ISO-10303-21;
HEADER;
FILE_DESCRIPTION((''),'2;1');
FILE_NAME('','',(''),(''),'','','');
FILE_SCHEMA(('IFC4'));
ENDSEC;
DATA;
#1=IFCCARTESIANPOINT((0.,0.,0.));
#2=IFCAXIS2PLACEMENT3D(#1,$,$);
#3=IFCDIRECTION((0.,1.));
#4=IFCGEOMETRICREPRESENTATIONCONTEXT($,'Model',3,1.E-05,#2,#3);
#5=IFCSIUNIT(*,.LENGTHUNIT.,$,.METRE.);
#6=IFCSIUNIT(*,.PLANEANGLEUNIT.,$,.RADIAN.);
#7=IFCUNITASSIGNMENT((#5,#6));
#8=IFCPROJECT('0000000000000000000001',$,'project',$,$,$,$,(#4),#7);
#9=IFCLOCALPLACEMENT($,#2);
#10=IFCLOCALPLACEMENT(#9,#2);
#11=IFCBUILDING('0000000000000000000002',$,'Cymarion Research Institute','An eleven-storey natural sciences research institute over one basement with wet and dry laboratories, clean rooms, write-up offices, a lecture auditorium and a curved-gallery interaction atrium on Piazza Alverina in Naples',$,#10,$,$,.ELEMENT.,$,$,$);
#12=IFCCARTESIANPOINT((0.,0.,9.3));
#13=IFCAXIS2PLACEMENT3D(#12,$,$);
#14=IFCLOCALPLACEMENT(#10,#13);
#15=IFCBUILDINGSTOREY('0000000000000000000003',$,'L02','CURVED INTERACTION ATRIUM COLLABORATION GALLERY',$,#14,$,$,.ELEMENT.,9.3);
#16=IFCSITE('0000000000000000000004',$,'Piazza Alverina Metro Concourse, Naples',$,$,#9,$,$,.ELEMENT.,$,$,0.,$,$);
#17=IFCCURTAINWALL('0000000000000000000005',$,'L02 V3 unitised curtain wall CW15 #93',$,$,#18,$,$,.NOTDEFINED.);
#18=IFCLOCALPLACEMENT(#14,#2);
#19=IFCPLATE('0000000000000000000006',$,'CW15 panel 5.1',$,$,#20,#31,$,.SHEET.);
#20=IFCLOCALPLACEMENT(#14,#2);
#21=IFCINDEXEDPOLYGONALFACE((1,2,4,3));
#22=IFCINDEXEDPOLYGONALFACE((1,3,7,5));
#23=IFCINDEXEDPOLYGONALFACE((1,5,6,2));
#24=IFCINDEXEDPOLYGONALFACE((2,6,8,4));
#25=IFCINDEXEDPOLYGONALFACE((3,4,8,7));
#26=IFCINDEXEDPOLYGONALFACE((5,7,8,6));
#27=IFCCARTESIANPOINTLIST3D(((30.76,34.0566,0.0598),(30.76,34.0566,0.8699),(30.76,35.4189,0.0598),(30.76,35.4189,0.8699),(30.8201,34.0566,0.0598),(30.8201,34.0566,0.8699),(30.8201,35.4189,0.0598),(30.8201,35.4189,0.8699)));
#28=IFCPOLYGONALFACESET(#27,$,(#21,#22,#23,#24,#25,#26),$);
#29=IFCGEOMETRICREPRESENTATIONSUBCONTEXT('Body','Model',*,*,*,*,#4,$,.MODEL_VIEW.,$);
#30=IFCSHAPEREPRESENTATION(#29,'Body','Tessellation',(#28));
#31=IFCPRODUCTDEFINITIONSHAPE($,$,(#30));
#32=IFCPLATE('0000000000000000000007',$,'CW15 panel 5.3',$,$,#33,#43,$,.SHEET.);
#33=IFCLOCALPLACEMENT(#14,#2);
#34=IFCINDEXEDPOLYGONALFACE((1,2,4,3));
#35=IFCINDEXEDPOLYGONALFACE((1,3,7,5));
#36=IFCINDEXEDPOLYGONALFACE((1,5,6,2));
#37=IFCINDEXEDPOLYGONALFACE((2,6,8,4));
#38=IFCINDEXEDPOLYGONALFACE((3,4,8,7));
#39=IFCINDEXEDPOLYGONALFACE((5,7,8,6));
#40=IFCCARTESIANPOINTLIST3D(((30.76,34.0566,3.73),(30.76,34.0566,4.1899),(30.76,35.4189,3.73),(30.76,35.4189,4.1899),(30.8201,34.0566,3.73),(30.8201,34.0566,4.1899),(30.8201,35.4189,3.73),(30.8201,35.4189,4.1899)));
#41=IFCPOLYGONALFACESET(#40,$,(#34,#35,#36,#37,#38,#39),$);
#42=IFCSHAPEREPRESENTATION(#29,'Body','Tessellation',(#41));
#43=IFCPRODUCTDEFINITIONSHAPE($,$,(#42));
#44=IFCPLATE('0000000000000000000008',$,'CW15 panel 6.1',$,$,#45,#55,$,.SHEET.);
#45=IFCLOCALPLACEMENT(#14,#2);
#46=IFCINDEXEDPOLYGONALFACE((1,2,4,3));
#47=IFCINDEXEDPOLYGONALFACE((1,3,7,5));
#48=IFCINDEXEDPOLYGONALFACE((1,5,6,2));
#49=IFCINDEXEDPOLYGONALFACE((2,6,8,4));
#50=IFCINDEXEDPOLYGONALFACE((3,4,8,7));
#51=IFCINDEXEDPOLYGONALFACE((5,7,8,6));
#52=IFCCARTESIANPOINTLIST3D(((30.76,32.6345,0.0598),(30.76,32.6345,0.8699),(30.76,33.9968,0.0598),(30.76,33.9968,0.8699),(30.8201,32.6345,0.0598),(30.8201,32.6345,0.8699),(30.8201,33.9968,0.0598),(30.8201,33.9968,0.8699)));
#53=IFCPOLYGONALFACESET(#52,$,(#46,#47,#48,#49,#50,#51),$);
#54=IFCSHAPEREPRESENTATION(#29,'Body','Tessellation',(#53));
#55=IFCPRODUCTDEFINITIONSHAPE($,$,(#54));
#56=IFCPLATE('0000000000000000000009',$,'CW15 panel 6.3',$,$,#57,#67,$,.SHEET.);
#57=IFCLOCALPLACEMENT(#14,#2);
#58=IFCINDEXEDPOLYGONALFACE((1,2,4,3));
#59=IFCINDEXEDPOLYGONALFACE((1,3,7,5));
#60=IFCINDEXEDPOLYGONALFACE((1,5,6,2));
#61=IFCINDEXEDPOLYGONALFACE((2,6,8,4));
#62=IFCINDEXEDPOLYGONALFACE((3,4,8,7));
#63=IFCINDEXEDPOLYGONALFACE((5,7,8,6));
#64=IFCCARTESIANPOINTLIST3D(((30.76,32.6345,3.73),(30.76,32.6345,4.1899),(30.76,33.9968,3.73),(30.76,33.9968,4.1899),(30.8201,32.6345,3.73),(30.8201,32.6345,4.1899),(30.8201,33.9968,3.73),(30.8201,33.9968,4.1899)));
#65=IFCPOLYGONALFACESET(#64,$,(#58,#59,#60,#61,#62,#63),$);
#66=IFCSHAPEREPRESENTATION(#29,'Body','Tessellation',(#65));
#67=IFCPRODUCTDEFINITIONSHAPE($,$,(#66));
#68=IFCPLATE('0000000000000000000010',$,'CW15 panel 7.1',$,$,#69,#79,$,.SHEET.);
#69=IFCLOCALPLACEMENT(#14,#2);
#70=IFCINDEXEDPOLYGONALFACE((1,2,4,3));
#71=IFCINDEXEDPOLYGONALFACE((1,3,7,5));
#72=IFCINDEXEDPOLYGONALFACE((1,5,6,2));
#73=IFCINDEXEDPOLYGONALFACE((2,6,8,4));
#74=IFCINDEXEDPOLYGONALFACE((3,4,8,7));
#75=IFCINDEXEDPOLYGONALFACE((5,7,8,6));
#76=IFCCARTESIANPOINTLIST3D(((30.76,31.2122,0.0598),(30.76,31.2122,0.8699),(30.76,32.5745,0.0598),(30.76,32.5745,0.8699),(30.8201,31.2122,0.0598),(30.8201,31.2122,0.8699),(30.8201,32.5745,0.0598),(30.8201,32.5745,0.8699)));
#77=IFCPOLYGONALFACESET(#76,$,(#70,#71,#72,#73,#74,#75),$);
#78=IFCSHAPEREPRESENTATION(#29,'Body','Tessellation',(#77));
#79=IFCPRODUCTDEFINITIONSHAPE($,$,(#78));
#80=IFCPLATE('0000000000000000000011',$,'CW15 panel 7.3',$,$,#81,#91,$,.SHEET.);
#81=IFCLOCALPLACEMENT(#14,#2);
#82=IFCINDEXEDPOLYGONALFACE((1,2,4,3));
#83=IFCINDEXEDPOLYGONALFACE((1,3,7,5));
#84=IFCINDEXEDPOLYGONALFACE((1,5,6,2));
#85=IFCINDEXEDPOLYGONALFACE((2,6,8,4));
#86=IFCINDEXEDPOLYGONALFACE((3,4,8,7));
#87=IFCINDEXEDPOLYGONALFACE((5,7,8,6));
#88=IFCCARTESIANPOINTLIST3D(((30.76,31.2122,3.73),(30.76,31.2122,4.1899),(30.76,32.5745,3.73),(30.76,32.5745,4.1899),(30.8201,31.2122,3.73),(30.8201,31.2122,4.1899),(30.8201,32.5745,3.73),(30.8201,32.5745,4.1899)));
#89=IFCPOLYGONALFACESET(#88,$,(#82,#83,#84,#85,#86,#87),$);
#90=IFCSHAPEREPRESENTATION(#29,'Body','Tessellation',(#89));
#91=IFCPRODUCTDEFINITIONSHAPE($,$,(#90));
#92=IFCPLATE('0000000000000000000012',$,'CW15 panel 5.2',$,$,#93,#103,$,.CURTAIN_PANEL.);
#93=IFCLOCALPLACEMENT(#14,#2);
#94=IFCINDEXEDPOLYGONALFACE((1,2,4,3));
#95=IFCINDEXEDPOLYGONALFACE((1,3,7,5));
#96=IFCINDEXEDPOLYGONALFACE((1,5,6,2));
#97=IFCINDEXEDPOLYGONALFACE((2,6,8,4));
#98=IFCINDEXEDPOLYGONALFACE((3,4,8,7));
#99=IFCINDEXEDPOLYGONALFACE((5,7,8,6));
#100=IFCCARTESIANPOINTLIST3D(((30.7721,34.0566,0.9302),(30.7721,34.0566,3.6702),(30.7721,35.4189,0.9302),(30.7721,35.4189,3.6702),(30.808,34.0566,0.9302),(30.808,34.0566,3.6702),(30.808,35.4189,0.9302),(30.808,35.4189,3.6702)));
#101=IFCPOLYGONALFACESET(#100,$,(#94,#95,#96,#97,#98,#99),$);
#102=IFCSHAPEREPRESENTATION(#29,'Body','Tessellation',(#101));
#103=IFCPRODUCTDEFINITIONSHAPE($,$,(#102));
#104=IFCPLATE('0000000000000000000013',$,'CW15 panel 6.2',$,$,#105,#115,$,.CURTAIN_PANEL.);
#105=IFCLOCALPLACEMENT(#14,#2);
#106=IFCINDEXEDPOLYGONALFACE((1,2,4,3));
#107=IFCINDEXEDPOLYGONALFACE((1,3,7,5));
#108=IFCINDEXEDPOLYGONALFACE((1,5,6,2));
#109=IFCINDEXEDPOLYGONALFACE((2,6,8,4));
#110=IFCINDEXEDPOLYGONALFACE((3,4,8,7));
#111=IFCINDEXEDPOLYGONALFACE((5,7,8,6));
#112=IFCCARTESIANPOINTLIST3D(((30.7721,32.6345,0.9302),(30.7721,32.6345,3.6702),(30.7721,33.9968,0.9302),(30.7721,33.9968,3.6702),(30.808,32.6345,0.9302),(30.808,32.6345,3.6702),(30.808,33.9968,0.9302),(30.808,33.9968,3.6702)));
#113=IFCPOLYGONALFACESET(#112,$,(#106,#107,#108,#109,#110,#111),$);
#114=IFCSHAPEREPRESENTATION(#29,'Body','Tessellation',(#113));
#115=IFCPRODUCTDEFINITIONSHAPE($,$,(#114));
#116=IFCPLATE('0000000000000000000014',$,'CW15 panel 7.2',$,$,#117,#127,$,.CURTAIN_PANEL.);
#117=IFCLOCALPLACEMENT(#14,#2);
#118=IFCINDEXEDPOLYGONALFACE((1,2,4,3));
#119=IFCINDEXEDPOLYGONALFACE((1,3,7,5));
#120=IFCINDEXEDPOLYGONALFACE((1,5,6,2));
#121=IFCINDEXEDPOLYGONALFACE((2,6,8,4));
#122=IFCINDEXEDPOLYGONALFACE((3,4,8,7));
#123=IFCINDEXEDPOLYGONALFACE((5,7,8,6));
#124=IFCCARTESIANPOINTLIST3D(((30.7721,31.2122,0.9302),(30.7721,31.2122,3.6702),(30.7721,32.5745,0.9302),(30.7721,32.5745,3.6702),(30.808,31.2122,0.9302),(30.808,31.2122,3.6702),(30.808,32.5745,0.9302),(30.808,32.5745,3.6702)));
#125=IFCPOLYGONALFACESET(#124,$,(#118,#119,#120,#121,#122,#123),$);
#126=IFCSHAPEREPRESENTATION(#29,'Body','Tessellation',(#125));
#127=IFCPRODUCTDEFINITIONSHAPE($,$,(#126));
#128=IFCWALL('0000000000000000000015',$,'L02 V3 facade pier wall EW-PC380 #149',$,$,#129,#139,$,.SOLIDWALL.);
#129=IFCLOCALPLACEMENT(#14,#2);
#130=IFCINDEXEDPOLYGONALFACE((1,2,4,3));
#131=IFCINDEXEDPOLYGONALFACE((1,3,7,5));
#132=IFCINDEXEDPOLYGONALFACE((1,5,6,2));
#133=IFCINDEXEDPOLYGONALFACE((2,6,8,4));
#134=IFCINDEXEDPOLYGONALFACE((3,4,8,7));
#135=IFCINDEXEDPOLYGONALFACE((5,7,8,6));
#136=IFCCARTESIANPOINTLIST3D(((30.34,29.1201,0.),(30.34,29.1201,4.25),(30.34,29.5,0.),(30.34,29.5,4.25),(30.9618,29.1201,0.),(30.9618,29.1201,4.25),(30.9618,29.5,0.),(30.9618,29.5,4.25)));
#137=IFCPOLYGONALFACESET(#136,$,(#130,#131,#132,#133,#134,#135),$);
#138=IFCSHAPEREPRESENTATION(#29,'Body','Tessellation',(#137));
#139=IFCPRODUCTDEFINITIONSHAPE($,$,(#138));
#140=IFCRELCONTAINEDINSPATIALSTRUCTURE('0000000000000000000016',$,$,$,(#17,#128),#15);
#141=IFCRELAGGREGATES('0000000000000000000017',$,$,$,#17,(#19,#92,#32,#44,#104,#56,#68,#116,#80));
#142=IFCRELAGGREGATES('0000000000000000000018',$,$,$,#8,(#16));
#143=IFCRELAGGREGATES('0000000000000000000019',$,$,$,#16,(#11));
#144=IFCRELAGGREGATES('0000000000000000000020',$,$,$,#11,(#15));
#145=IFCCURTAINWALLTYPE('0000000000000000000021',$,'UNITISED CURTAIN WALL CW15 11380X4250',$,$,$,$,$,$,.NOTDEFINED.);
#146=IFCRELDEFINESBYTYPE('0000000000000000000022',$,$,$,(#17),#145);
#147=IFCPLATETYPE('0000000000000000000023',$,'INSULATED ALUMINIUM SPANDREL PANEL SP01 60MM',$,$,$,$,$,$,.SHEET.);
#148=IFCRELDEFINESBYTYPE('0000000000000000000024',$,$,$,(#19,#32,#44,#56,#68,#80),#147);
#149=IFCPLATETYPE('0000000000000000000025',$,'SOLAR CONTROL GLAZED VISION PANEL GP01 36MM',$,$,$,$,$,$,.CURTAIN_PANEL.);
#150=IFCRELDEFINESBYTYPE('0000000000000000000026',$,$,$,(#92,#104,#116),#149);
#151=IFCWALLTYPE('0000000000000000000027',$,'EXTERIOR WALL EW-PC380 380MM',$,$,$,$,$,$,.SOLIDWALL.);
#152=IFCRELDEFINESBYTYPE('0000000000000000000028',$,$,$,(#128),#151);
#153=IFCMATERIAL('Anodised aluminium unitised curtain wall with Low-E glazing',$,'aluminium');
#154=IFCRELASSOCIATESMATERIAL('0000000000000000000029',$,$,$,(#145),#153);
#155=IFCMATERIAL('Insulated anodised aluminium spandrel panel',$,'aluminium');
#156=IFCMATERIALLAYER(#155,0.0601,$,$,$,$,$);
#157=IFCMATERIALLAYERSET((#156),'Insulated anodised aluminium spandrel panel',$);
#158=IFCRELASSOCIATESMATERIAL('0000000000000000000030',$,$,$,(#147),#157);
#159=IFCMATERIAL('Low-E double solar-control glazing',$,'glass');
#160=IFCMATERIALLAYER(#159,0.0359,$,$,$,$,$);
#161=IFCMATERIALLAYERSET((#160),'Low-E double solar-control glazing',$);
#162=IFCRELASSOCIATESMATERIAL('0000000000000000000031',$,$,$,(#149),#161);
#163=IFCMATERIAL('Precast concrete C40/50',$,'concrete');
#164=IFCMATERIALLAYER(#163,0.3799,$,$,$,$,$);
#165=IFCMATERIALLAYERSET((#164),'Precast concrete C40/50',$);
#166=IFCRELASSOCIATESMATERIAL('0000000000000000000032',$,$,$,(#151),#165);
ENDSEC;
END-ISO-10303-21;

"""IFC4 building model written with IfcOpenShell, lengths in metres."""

from ifc_helpers import new_model, si_unit, direction, frame, frame_2d, origin, origin_2d, place, context, subcontext, project, spatial, rectangle, extrude, material, layer, layer_set, type_object, element, aggregate, save


model = new_model("IFC4")

# Units and contexts
model_context = context("Model", 3, precision=1e-05, world=origin(), true_north=direction((0.0, 1.0)))
body_context = subcontext(model_context, "Body", "Model", "MODEL_VIEW")
ifc_project = project(units=[si_unit("LENGTHUNIT", "METRE"), si_unit("PLANEANGLEUNIT", "RADIAN")], contexts=[model_context])

# Site, building, storey
site_placement = place(None, origin())
site = spatial("IfcSite", under=ifc_project, at=site_placement, Name="Piazza Alverina Metro Concourse, Naples", CompositionType="ELEMENT", RefElevation=0.0)
building_placement = place(site_placement, origin())
building = spatial("IfcBuilding", under=site, at=building_placement, Name="Cymarion Research Institute", Description="An eleven-storey natural sciences research institute over one basement with wet and dry laboratories, clean rooms, write-up offices, a lecture auditorium and a curved-gallery interaction atrium on Piazza Alverina in Naples", CompositionType="ELEMENT")
storey_placement = place(building_placement, frame((0.0, 0.0, 9.3)))
storey = spatial("IfcBuildingStorey", under=building, at=storey_placement, Name="L02", Description="CURVED INTERACTION ATRIUM COLLABORATION GALLERY", CompositionType="ELEMENT", Elevation=9.3)

# Curtain wall
ifc_material_1 = material(Name="Anodised aluminium unitised curtain wall with Low-E glazing", Category="aluminium")
curtain_wall_type = type_object("IfcCurtainWallType", Name="UNITISED CURTAIN WALL CW15 11380X4250", PredefinedType="NOTDEFINED", material=ifc_material_1)
curtain_wall_placement = place(storey_placement, origin())
curtain_wall = element("IfcCurtainWall", 1, at=curtain_wall_placement, inside=storey, type_object=curtain_wall_type, Name="L02 V3 unitised curtain wall CW15 #93", PredefinedType="NOTDEFINED")

# Plates
ifc_material_2 = material(Name="Insulated anodised aluminium spandrel panel", Category="aluminium")
ifc_layer_1 = layer(ifc_material_2, 0.0601)
ifc_layer_set_1 = layer_set([ifc_layer_1], Name="Insulated anodised aluminium spandrel panel")
plate_type_1 = type_object("IfcPlateType", Name="INSULATED ALUMINIUM SPANDREL PANEL SP01 60MM", PredefinedType="SHEET", material=ifc_layer_set_1)
plate_1_placement = place(storey_placement, frame((30.79, 34.7378, 0.0598), z_axis=(0.0, 0.0, 1.0), x_axis=(0.0, -1.0, 0.0)))
plate_1 = element("IfcPlate", 2, at=plate_1_placement, type_object=plate_type_1, Name="CW15 panel 5.1", PredefinedType="SHEET", context=body_context, shape_type="SweptSolid", body=[
    extrude(rectangle(XDim=1.3623, YDim=0.0601, at=origin_2d()), origin(), (0.0, 0.0, 1.0), 0.8101),
])
plate_2_placement = place(storey_placement, frame((30.79, 34.7378, 3.73), z_axis=(0.0, 0.0, 1.0), x_axis=(0.0, -1.0, 0.0)))
plate_2 = element("IfcPlate", 3, at=plate_2_placement, type_object=plate_type_1, Name="CW15 panel 5.3", PredefinedType="SHEET", context=body_context, shape_type="SweptSolid", body=[
    extrude(rectangle(XDim=1.3623, YDim=0.0601, at=origin_2d()), origin(), (0.0, 0.0, 1.0), 0.46),
])
plate_3_placement = place(storey_placement, frame((30.79, 33.3157, 0.0598), z_axis=(0.0, 0.0, 1.0), x_axis=(0.0, -1.0, 0.0)))
plate_3 = element("IfcPlate", 4, at=plate_3_placement, type_object=plate_type_1, Name="CW15 panel 6.1", PredefinedType="SHEET", context=body_context, shape_type="SweptSolid", body=[
    extrude(rectangle(XDim=1.3623, YDim=0.0601, at=origin_2d()), origin(), (0.0, 0.0, 1.0), 0.8101),
])
plate_4_placement = place(storey_placement, frame((30.79, 33.3157, 3.73), z_axis=(0.0, 0.0, 1.0), x_axis=(0.0, -1.0, 0.0)))
plate_4 = element("IfcPlate", 5, at=plate_4_placement, type_object=plate_type_1, Name="CW15 panel 6.3", PredefinedType="SHEET", context=body_context, shape_type="SweptSolid", body=[
    extrude(rectangle(XDim=1.3623, YDim=0.0601, at=origin_2d()), origin(), (0.0, 0.0, 1.0), 0.46),
])
plate_5_placement = place(storey_placement, frame((30.79, 31.8933, 0.0598), z_axis=(0.0, 0.0, 1.0), x_axis=(0.0, -1.0, 0.0)))
plate_5 = element("IfcPlate", 6, at=plate_5_placement, type_object=plate_type_1, Name="CW15 panel 7.1", PredefinedType="SHEET", context=body_context, shape_type="SweptSolid", body=[
    extrude(rectangle(XDim=1.3623, YDim=0.0601, at=origin_2d()), origin(), (0.0, 0.0, 1.0), 0.8101),
])
plate_6_placement = place(storey_placement, frame((30.79, 31.8933, 3.73), z_axis=(0.0, 0.0, 1.0), x_axis=(0.0, -1.0, 0.0)))
plate_6 = element("IfcPlate", 7, at=plate_6_placement, type_object=plate_type_1, Name="CW15 panel 7.3", PredefinedType="SHEET", context=body_context, shape_type="SweptSolid", body=[
    extrude(rectangle(XDim=1.3623, YDim=0.0601, at=origin_2d()), origin(), (0.0, 0.0, 1.0), 0.46),
])
ifc_material_3 = material(Name="Low-E double solar-control glazing", Category="glass")
ifc_layer_2 = layer(ifc_material_3, 0.0359)
ifc_layer_set_2 = layer_set([ifc_layer_2], Name="Low-E double solar-control glazing")
plate_type_2 = type_object("IfcPlateType", Name="SOLAR CONTROL GLAZED VISION PANEL GP01 36MM", PredefinedType="CURTAIN_PANEL", material=ifc_layer_set_2)
plate_7_placement = place(storey_placement, frame((30.79, 34.7378, 0.9302), z_axis=(0.0, 0.0, 1.0), x_axis=(0.0, -1.0, 0.0)))
plate_7 = element("IfcPlate", 8, at=plate_7_placement, type_object=plate_type_2, Name="CW15 panel 5.2", PredefinedType="CURTAIN_PANEL", context=body_context, shape_type="SweptSolid", body=[
    extrude(rectangle(XDim=1.3623, YDim=0.0359, at=origin_2d()), origin(), (0.0, 0.0, 1.0), 2.74),
])
plate_8_placement = place(storey_placement, frame((30.79, 33.3157, 0.9302), z_axis=(0.0, 0.0, 1.0), x_axis=(0.0, -1.0, 0.0)))
plate_8 = element("IfcPlate", 9, at=plate_8_placement, type_object=plate_type_2, Name="CW15 panel 6.2", PredefinedType="CURTAIN_PANEL", context=body_context, shape_type="SweptSolid", body=[
    extrude(rectangle(XDim=1.3623, YDim=0.0359, at=origin_2d()), origin(), (0.0, 0.0, 1.0), 2.74),
])
plate_9_placement = place(storey_placement, frame((30.79, 31.8933, 0.9302), z_axis=(0.0, 0.0, 1.0), x_axis=(0.0, -1.0, 0.0)))
plate_9 = element("IfcPlate", 10, at=plate_9_placement, type_object=plate_type_2, Name="CW15 panel 7.2", PredefinedType="CURTAIN_PANEL", context=body_context, shape_type="SweptSolid", body=[
    extrude(rectangle(XDim=1.3623, YDim=0.0359, at=origin_2d()), origin(), (0.0, 0.0, 1.0), 2.74),
])
aggregate(curtain_wall, [plate_1, plate_7, plate_2, plate_3, plate_8, plate_4, plate_5, plate_9, plate_6])

# Wall
ifc_material_4 = material(Name="Precast concrete C40/50", Category="concrete")
ifc_layer_3 = layer(ifc_material_4, 0.3799)
ifc_layer_set_3 = layer_set([ifc_layer_3], Name="Precast concrete C40/50")
wall_type = type_object("IfcWallType", Name="EXTERIOR WALL EW-PC380 380MM", PredefinedType="SOLIDWALL", material=ifc_layer_set_3)
wall_placement = place(storey_placement, frame((30.9619, 29.3101, 0.0), z_axis=(0.0, 0.0, 1.0), x_axis=(-1.0, 0.0, 0.0)))
element("IfcWall", 11, at=wall_placement, inside=storey, type_object=wall_type, Name="L02 V3 facade pier wall EW-PC380 #149", PredefinedType="SOLIDWALL", context=body_context, shape_type="SweptSolid", body=[
    extrude(rectangle(XDim=0.6218, YDim=0.3799, at=frame_2d((0.311, 0.0))), origin(), (0.0, 0.0, 1.0), 4.25),
])

save(model, "model.ifc")
